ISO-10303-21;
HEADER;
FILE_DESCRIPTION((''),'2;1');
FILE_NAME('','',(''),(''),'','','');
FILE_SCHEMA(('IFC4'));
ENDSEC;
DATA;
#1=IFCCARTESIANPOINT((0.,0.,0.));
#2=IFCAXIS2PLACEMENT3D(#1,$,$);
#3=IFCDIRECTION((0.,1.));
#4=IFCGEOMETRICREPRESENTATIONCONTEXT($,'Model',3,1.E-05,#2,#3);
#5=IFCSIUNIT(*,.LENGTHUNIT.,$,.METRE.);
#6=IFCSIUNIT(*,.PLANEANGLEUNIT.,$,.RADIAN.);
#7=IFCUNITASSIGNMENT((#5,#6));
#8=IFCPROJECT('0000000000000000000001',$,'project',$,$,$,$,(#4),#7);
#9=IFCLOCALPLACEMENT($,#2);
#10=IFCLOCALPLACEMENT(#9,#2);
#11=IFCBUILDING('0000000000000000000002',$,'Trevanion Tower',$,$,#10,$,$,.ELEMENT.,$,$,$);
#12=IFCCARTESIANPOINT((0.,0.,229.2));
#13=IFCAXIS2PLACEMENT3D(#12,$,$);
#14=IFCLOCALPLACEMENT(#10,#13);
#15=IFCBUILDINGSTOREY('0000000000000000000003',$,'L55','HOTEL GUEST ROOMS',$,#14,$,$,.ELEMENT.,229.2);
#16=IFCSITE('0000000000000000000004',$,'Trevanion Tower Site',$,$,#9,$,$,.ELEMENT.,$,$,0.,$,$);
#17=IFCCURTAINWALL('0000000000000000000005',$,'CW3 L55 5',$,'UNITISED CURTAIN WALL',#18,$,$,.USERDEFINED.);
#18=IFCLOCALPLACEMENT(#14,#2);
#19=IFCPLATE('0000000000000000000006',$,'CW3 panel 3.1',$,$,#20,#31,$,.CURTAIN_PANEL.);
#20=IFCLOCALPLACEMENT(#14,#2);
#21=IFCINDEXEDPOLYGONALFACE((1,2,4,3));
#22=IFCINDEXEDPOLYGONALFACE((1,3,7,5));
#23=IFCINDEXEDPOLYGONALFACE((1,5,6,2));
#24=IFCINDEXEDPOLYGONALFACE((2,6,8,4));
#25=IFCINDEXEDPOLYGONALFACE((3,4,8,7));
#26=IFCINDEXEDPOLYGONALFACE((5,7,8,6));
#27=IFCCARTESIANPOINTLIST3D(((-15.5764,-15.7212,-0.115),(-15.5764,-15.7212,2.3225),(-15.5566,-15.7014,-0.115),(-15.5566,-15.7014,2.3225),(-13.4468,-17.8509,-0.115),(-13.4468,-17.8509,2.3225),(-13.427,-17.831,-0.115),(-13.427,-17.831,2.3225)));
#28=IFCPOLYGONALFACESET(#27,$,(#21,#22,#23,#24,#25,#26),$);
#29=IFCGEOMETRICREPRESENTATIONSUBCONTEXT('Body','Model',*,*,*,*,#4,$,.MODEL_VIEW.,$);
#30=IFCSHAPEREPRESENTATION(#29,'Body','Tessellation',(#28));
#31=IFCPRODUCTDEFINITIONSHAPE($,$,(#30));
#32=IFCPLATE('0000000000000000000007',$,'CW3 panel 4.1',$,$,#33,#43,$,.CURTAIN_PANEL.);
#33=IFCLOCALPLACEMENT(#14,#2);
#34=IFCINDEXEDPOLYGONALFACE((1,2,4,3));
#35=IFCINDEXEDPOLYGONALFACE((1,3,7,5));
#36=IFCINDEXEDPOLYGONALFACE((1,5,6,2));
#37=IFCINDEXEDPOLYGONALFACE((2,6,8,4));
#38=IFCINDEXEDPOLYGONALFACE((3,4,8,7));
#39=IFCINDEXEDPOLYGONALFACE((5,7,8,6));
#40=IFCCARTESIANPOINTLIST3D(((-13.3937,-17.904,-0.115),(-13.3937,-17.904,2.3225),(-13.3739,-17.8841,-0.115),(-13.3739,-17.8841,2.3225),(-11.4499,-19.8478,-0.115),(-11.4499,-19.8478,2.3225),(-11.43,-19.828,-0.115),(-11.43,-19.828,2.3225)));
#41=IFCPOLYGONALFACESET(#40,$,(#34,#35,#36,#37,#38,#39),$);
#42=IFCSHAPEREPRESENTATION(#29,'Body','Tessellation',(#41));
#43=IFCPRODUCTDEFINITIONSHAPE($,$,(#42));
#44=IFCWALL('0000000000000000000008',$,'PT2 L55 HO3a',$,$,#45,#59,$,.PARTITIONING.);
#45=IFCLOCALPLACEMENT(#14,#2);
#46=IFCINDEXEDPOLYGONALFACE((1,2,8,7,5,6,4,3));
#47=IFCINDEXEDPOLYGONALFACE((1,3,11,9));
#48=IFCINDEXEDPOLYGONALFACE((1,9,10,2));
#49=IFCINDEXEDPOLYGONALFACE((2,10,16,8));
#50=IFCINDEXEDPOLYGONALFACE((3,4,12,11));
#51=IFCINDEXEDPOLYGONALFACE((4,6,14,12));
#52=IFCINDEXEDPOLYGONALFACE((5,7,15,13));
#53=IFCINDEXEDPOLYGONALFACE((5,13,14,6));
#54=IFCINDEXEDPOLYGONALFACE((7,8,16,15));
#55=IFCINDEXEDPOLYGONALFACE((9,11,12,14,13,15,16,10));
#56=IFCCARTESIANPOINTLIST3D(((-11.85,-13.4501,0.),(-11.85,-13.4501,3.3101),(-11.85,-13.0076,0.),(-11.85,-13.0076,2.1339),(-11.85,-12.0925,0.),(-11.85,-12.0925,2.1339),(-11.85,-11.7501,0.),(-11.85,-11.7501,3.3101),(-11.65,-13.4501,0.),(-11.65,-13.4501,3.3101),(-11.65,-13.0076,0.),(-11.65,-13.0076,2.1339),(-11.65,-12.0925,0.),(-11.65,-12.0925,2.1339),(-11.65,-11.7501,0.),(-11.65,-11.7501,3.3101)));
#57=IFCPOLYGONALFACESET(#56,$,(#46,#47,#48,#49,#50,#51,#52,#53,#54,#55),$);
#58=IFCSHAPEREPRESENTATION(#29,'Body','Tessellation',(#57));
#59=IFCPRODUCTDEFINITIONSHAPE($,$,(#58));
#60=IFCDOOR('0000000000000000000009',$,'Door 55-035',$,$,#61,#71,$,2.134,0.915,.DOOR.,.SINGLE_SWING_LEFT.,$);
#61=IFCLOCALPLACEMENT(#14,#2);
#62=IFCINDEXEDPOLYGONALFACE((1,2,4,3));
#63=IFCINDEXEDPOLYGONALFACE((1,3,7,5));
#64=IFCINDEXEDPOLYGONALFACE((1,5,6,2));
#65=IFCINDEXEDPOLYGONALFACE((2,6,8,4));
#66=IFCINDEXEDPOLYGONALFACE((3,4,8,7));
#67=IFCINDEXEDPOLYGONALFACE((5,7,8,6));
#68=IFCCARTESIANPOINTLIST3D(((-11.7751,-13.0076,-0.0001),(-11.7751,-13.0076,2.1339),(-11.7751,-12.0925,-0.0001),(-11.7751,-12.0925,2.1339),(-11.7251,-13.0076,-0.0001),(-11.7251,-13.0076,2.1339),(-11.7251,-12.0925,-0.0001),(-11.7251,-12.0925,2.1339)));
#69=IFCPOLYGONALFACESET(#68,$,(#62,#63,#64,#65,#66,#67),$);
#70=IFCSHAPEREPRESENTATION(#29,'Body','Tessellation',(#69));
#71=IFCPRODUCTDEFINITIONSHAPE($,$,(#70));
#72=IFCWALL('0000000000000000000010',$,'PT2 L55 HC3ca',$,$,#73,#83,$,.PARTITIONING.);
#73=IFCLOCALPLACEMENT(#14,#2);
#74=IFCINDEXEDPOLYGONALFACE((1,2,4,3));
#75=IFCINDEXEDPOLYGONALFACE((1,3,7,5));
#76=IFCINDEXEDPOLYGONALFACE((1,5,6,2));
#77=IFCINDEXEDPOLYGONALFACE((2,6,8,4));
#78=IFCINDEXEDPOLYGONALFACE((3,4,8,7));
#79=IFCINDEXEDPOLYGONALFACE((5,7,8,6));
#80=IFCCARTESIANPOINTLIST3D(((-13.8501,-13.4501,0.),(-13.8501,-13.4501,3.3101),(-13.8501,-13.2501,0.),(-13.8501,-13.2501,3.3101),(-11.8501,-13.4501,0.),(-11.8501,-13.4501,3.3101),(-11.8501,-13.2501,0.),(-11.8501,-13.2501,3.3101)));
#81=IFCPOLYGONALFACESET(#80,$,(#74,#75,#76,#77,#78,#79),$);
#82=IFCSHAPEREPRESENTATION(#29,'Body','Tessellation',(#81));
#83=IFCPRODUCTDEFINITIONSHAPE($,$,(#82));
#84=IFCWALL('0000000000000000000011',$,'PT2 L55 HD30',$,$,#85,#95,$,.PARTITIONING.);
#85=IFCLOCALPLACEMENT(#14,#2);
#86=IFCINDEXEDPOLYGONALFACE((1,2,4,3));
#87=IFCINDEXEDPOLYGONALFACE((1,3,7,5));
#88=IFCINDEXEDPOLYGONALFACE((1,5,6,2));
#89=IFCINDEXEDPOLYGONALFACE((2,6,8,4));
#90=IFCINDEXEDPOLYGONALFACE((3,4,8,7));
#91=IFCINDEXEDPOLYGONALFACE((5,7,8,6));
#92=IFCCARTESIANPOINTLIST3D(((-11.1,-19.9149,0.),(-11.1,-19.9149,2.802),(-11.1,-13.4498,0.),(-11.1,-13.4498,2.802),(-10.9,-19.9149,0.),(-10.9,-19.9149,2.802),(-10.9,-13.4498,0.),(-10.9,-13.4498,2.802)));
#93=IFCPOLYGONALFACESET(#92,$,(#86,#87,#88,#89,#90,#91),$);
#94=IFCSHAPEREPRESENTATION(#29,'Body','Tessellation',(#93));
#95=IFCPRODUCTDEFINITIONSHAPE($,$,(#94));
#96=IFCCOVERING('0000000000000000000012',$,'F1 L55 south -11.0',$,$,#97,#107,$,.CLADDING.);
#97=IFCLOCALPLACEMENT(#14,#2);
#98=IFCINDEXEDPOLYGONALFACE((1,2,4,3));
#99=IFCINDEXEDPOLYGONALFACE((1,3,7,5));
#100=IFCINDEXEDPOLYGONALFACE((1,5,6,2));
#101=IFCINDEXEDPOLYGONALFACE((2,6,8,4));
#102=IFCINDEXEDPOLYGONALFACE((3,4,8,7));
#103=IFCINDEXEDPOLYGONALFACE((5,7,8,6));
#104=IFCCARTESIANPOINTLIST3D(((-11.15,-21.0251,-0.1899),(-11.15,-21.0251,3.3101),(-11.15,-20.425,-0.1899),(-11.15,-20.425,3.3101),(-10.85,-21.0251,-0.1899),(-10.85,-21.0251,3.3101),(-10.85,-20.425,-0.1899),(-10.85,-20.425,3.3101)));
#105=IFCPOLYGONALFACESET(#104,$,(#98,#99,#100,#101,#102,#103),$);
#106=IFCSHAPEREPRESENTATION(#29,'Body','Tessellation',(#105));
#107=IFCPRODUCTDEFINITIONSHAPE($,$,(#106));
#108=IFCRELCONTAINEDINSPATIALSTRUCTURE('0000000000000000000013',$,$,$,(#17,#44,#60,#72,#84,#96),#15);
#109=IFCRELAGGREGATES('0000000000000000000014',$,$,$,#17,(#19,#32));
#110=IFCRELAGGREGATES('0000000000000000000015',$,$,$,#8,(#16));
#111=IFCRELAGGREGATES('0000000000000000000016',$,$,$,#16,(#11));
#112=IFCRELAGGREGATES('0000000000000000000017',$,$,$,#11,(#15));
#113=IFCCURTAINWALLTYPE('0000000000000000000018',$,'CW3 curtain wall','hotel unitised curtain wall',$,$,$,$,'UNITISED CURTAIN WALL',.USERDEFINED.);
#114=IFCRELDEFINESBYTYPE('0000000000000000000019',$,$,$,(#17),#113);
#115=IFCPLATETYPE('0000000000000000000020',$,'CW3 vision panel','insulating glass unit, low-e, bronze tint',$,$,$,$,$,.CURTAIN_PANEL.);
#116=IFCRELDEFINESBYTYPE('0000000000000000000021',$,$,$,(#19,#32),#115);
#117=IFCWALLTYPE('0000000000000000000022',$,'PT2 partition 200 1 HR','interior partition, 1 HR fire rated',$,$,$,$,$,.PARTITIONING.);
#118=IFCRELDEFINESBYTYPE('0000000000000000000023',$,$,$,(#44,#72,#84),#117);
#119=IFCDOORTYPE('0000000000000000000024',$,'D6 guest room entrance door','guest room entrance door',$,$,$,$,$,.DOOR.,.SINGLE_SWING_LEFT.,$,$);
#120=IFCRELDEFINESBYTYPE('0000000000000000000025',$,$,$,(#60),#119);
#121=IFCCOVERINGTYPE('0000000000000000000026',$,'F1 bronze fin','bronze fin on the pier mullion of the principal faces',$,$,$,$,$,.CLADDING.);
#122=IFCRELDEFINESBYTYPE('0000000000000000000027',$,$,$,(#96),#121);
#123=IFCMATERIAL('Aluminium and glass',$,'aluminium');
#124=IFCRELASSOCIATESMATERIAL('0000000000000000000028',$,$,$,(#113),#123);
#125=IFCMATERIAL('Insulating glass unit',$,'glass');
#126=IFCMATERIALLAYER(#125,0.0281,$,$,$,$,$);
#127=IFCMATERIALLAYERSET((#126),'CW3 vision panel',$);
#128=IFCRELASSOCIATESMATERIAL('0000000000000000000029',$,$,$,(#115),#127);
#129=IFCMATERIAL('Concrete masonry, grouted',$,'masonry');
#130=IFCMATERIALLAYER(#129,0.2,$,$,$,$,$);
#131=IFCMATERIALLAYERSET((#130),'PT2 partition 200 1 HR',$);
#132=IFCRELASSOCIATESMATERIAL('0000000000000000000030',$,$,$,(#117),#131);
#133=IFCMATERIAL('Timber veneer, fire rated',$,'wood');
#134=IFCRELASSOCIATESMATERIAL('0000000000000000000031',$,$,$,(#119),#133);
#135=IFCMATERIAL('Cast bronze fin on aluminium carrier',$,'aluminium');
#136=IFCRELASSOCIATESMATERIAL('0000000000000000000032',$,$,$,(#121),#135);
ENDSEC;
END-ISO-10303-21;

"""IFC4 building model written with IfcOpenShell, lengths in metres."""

from ifc_helpers import new_model, si_unit, direction, frame, frame_2d, origin, origin_2d, place, context, subcontext, project, spatial, rectangle, extrude, material, layer, layer_set, type_object, element, fill, aggregate, save


model = new_model("IFC4")

# Units and contexts
model_context = context("Model", 3, precision=1e-05, world=origin(), true_north=direction((0.0, 1.0)))
body_context = subcontext(model_context, "Body", "Model", "MODEL_VIEW")
ifc_project = project(units=[si_unit("LENGTHUNIT", "METRE"), si_unit("PLANEANGLEUNIT", "RADIAN")], contexts=[model_context])

# Site, building, storey
site_placement = place(None, origin())
site = spatial("IfcSite", under=ifc_project, at=site_placement, Name="Trevanion Tower Site", CompositionType="ELEMENT", RefElevation=0.0)
building_placement = place(site_placement, origin())
building = spatial("IfcBuilding", under=site, at=building_placement, Name="Trevanion Tower", CompositionType="ELEMENT")
storey_placement = place(building_placement, frame((0.0, 0.0, 229.2)))
storey = spatial("IfcBuildingStorey", under=building, at=storey_placement, Name="L55", Description="HOTEL GUEST ROOMS", CompositionType="ELEMENT", Elevation=229.2)

# Curtain wall
ifc_material_1 = material(Name="Aluminium and glass", Category="aluminium")
curtain_wall_type = type_object("IfcCurtainWallType", Name="CW3 curtain wall", Description="hotel unitised curtain wall", ElementType="UNITISED CURTAIN WALL", PredefinedType="USERDEFINED", material=ifc_material_1)
curtain_wall_1_placement = place(storey_placement, origin())
curtain_wall_1 = element("IfcCurtainWall", 1, at=curtain_wall_1_placement, inside=storey, type_object=curtain_wall_type, Name="CW3 L55 5", ObjectType="UNITISED CURTAIN WALL", PredefinedType="USERDEFINED")

# Plates
ifc_material_2 = material(Name="Insulating glass unit", Category="glass")
ifc_layer_1 = layer(ifc_material_2, 0.0281)
ifc_layer_set_1 = layer_set([ifc_layer_1], Name="CW3 vision panel")
plate_type_1 = type_object("IfcPlateType", Name="CW3 vision panel", Description="insulating glass unit, low-e, bronze tint", PredefinedType="CURTAIN_PANEL", material=ifc_layer_set_1)
plate_1_placement = place(storey_placement, frame((-14.5017, -16.7761, -0.115), z_axis=(0.0, 0.0, 1.0), x_axis=(0.707107, -0.707107, 0.0)))
plate_1 = element("IfcPlate", 2, at=plate_1_placement, type_object=plate_type_1, Name="CW3 panel 3.1", PredefinedType="CURTAIN_PANEL", context=body_context, shape_type="SweptSolid", body=[
    extrude(rectangle(XDim=3.0117, YDim=0.0281, at=origin_2d()), origin(), (0.0, 0.0, 1.0), 2.4375),
])
plate_2_placement = place(storey_placement, frame((-12.4119, -18.866, -0.115), z_axis=(0.0, 0.0, 1.0), x_axis=(0.707107, -0.707107, 0.0)))
plate_2 = element("IfcPlate", 3, at=plate_2_placement, type_object=plate_type_1, Name="CW3 panel 4.1", PredefinedType="CURTAIN_PANEL", context=body_context, shape_type="SweptSolid", body=[
    extrude(rectangle(XDim=2.749, YDim=0.0281, at=origin_2d()), origin(), (0.0, 0.0, 1.0), 2.4375),
])
aggregate(curtain_wall_1, [plate_1, plate_2])

# Wall, opening, door
ifc_material_3 = material(Name="Concrete masonry, grouted", Category="masonry")
ifc_layer_2 = layer(ifc_material_3, 0.2)
ifc_layer_set_2 = layer_set([ifc_layer_2], Name="PT2 partition 200 1 HR")
wall_type = type_object("IfcWallType", Name="PT2 partition 200 1 HR", Description="interior partition, 1 HR fire rated", PredefinedType="PARTITIONING", material=ifc_layer_set_2)
wall_1_placement = place(storey_placement, frame((-11.75, -11.75, 0.0), z_axis=(0.0, 0.0, 1.0), x_axis=(0.0, -1.0, 0.0)))
wall_1 = element("IfcWall", 4, at=wall_1_placement, inside=storey, type_object=wall_type, Name="PT2 L55 HO3a", PredefinedType="PARTITIONING", context=body_context, shape_type="SweptSolid", body=[
    extrude(rectangle(XDim=1.7, YDim=0.2, at=frame_2d((0.8501, 0.0))), origin(), (0.0, 0.0, 1.0), 3.3101),
])
opening_placement = place(wall_1_placement, frame((0.3425, 0.0, 0.0)))
opening = element("IfcOpeningElement", 5, at=opening_placement, cuts=wall_1, PredefinedType="OPENING", context=body_context, shape_type="SweptSolid", body=[
    extrude(rectangle(XDim=0.915, YDim=2.134, at=frame_2d((0.4575, 1.0669))), frame((0.0, 0.1099, 0.0), z_axis=(0.0, -1.0, 0.0), x_axis=(1.0, 0.0, 0.0)), (0.0, 0.0, 1.0), 0.22),
])
ifc_material_4 = material(Name="Timber veneer, fire rated", Category="wood")
door_type = type_object("IfcDoorType", Name="D6 guest room entrance door", Description="guest room entrance door", OperationType="SINGLE_SWING_LEFT", PredefinedType="DOOR", material=ifc_material_4)
door_placement = place(opening_placement, origin())
door = element("IfcDoor", 6, at=door_placement, inside=storey, type_object=door_type, Name="Door 55-035", OperationType="SINGLE_SWING_LEFT", OverallHeight=2.134, OverallWidth=0.915, PredefinedType="DOOR", context=body_context, shape_type="SweptSolid", body=[
    extrude(rectangle(XDim=0.915, YDim=2.134, at=frame_2d((0.4575, 1.0669))), frame((0.0, 0.0249, 0.0), z_axis=(0.0, -1.0, 0.0), x_axis=(1.0, 0.0, 0.0)), (0.0, 0.0, 1.0), 0.05),
])
fill(opening, door)

# Walls
wall_2_placement = place(storey_placement, frame((-13.8501, -13.3501, 0.0), z_axis=(0.0, 0.0, 1.0), x_axis=(1.0, 0.0, 0.0)))
element("IfcWall", 7, at=wall_2_placement, inside=storey, type_object=wall_type, Name="PT2 L55 HC3ca", PredefinedType="PARTITIONING", context=body_context, shape_type="SweptSolid", body=[
    extrude(rectangle(XDim=2.0, YDim=0.2, at=frame_2d((1.0, 0.0))), origin(), (0.0, 0.0, 1.0), 3.3101),
])
wall_3_placement = place(storey_placement, frame((-11.0, -13.45, 0.0), z_axis=(0.0, 0.0, 1.0), x_axis=(0.0, -1.0, 0.0)))
element("IfcWall", 8, at=wall_3_placement, inside=storey, type_object=wall_type, Name="PT2 L55 HD30", PredefinedType="PARTITIONING", context=body_context, shape_type="SweptSolid", body=[
    extrude(rectangle(XDim=6.4651, YDim=0.2, at=frame_2d((3.2324, 0.0))), origin(), (0.0, 0.0, 1.0), 2.802),
])

# Covering
ifc_material_5 = material(Name="Cast bronze fin on aluminium carrier", Category="aluminium")
covering_type = type_object("IfcCoveringType", Name="F1 bronze fin", Description="bronze fin on the pier mullion of the principal faces", PredefinedType="CLADDING", material=ifc_material_5)
covering_placement = place(storey_placement, frame((-11.0, -20.7251, -0.1899), z_axis=(0.0, 0.0, 1.0), x_axis=(1.0, 0.0, 0.0)))
element("IfcCovering", 9, at=covering_placement, inside=storey, type_object=covering_type, Name="F1 L55 south -11.0", PredefinedType="CLADDING", context=body_context, shape_type="SweptSolid", body=[
    extrude(rectangle(XDim=0.3, YDim=0.6001, at=origin_2d()), origin(), (0.0, 0.0, 1.0), 3.5),
])

save(model, "model.ifc")
